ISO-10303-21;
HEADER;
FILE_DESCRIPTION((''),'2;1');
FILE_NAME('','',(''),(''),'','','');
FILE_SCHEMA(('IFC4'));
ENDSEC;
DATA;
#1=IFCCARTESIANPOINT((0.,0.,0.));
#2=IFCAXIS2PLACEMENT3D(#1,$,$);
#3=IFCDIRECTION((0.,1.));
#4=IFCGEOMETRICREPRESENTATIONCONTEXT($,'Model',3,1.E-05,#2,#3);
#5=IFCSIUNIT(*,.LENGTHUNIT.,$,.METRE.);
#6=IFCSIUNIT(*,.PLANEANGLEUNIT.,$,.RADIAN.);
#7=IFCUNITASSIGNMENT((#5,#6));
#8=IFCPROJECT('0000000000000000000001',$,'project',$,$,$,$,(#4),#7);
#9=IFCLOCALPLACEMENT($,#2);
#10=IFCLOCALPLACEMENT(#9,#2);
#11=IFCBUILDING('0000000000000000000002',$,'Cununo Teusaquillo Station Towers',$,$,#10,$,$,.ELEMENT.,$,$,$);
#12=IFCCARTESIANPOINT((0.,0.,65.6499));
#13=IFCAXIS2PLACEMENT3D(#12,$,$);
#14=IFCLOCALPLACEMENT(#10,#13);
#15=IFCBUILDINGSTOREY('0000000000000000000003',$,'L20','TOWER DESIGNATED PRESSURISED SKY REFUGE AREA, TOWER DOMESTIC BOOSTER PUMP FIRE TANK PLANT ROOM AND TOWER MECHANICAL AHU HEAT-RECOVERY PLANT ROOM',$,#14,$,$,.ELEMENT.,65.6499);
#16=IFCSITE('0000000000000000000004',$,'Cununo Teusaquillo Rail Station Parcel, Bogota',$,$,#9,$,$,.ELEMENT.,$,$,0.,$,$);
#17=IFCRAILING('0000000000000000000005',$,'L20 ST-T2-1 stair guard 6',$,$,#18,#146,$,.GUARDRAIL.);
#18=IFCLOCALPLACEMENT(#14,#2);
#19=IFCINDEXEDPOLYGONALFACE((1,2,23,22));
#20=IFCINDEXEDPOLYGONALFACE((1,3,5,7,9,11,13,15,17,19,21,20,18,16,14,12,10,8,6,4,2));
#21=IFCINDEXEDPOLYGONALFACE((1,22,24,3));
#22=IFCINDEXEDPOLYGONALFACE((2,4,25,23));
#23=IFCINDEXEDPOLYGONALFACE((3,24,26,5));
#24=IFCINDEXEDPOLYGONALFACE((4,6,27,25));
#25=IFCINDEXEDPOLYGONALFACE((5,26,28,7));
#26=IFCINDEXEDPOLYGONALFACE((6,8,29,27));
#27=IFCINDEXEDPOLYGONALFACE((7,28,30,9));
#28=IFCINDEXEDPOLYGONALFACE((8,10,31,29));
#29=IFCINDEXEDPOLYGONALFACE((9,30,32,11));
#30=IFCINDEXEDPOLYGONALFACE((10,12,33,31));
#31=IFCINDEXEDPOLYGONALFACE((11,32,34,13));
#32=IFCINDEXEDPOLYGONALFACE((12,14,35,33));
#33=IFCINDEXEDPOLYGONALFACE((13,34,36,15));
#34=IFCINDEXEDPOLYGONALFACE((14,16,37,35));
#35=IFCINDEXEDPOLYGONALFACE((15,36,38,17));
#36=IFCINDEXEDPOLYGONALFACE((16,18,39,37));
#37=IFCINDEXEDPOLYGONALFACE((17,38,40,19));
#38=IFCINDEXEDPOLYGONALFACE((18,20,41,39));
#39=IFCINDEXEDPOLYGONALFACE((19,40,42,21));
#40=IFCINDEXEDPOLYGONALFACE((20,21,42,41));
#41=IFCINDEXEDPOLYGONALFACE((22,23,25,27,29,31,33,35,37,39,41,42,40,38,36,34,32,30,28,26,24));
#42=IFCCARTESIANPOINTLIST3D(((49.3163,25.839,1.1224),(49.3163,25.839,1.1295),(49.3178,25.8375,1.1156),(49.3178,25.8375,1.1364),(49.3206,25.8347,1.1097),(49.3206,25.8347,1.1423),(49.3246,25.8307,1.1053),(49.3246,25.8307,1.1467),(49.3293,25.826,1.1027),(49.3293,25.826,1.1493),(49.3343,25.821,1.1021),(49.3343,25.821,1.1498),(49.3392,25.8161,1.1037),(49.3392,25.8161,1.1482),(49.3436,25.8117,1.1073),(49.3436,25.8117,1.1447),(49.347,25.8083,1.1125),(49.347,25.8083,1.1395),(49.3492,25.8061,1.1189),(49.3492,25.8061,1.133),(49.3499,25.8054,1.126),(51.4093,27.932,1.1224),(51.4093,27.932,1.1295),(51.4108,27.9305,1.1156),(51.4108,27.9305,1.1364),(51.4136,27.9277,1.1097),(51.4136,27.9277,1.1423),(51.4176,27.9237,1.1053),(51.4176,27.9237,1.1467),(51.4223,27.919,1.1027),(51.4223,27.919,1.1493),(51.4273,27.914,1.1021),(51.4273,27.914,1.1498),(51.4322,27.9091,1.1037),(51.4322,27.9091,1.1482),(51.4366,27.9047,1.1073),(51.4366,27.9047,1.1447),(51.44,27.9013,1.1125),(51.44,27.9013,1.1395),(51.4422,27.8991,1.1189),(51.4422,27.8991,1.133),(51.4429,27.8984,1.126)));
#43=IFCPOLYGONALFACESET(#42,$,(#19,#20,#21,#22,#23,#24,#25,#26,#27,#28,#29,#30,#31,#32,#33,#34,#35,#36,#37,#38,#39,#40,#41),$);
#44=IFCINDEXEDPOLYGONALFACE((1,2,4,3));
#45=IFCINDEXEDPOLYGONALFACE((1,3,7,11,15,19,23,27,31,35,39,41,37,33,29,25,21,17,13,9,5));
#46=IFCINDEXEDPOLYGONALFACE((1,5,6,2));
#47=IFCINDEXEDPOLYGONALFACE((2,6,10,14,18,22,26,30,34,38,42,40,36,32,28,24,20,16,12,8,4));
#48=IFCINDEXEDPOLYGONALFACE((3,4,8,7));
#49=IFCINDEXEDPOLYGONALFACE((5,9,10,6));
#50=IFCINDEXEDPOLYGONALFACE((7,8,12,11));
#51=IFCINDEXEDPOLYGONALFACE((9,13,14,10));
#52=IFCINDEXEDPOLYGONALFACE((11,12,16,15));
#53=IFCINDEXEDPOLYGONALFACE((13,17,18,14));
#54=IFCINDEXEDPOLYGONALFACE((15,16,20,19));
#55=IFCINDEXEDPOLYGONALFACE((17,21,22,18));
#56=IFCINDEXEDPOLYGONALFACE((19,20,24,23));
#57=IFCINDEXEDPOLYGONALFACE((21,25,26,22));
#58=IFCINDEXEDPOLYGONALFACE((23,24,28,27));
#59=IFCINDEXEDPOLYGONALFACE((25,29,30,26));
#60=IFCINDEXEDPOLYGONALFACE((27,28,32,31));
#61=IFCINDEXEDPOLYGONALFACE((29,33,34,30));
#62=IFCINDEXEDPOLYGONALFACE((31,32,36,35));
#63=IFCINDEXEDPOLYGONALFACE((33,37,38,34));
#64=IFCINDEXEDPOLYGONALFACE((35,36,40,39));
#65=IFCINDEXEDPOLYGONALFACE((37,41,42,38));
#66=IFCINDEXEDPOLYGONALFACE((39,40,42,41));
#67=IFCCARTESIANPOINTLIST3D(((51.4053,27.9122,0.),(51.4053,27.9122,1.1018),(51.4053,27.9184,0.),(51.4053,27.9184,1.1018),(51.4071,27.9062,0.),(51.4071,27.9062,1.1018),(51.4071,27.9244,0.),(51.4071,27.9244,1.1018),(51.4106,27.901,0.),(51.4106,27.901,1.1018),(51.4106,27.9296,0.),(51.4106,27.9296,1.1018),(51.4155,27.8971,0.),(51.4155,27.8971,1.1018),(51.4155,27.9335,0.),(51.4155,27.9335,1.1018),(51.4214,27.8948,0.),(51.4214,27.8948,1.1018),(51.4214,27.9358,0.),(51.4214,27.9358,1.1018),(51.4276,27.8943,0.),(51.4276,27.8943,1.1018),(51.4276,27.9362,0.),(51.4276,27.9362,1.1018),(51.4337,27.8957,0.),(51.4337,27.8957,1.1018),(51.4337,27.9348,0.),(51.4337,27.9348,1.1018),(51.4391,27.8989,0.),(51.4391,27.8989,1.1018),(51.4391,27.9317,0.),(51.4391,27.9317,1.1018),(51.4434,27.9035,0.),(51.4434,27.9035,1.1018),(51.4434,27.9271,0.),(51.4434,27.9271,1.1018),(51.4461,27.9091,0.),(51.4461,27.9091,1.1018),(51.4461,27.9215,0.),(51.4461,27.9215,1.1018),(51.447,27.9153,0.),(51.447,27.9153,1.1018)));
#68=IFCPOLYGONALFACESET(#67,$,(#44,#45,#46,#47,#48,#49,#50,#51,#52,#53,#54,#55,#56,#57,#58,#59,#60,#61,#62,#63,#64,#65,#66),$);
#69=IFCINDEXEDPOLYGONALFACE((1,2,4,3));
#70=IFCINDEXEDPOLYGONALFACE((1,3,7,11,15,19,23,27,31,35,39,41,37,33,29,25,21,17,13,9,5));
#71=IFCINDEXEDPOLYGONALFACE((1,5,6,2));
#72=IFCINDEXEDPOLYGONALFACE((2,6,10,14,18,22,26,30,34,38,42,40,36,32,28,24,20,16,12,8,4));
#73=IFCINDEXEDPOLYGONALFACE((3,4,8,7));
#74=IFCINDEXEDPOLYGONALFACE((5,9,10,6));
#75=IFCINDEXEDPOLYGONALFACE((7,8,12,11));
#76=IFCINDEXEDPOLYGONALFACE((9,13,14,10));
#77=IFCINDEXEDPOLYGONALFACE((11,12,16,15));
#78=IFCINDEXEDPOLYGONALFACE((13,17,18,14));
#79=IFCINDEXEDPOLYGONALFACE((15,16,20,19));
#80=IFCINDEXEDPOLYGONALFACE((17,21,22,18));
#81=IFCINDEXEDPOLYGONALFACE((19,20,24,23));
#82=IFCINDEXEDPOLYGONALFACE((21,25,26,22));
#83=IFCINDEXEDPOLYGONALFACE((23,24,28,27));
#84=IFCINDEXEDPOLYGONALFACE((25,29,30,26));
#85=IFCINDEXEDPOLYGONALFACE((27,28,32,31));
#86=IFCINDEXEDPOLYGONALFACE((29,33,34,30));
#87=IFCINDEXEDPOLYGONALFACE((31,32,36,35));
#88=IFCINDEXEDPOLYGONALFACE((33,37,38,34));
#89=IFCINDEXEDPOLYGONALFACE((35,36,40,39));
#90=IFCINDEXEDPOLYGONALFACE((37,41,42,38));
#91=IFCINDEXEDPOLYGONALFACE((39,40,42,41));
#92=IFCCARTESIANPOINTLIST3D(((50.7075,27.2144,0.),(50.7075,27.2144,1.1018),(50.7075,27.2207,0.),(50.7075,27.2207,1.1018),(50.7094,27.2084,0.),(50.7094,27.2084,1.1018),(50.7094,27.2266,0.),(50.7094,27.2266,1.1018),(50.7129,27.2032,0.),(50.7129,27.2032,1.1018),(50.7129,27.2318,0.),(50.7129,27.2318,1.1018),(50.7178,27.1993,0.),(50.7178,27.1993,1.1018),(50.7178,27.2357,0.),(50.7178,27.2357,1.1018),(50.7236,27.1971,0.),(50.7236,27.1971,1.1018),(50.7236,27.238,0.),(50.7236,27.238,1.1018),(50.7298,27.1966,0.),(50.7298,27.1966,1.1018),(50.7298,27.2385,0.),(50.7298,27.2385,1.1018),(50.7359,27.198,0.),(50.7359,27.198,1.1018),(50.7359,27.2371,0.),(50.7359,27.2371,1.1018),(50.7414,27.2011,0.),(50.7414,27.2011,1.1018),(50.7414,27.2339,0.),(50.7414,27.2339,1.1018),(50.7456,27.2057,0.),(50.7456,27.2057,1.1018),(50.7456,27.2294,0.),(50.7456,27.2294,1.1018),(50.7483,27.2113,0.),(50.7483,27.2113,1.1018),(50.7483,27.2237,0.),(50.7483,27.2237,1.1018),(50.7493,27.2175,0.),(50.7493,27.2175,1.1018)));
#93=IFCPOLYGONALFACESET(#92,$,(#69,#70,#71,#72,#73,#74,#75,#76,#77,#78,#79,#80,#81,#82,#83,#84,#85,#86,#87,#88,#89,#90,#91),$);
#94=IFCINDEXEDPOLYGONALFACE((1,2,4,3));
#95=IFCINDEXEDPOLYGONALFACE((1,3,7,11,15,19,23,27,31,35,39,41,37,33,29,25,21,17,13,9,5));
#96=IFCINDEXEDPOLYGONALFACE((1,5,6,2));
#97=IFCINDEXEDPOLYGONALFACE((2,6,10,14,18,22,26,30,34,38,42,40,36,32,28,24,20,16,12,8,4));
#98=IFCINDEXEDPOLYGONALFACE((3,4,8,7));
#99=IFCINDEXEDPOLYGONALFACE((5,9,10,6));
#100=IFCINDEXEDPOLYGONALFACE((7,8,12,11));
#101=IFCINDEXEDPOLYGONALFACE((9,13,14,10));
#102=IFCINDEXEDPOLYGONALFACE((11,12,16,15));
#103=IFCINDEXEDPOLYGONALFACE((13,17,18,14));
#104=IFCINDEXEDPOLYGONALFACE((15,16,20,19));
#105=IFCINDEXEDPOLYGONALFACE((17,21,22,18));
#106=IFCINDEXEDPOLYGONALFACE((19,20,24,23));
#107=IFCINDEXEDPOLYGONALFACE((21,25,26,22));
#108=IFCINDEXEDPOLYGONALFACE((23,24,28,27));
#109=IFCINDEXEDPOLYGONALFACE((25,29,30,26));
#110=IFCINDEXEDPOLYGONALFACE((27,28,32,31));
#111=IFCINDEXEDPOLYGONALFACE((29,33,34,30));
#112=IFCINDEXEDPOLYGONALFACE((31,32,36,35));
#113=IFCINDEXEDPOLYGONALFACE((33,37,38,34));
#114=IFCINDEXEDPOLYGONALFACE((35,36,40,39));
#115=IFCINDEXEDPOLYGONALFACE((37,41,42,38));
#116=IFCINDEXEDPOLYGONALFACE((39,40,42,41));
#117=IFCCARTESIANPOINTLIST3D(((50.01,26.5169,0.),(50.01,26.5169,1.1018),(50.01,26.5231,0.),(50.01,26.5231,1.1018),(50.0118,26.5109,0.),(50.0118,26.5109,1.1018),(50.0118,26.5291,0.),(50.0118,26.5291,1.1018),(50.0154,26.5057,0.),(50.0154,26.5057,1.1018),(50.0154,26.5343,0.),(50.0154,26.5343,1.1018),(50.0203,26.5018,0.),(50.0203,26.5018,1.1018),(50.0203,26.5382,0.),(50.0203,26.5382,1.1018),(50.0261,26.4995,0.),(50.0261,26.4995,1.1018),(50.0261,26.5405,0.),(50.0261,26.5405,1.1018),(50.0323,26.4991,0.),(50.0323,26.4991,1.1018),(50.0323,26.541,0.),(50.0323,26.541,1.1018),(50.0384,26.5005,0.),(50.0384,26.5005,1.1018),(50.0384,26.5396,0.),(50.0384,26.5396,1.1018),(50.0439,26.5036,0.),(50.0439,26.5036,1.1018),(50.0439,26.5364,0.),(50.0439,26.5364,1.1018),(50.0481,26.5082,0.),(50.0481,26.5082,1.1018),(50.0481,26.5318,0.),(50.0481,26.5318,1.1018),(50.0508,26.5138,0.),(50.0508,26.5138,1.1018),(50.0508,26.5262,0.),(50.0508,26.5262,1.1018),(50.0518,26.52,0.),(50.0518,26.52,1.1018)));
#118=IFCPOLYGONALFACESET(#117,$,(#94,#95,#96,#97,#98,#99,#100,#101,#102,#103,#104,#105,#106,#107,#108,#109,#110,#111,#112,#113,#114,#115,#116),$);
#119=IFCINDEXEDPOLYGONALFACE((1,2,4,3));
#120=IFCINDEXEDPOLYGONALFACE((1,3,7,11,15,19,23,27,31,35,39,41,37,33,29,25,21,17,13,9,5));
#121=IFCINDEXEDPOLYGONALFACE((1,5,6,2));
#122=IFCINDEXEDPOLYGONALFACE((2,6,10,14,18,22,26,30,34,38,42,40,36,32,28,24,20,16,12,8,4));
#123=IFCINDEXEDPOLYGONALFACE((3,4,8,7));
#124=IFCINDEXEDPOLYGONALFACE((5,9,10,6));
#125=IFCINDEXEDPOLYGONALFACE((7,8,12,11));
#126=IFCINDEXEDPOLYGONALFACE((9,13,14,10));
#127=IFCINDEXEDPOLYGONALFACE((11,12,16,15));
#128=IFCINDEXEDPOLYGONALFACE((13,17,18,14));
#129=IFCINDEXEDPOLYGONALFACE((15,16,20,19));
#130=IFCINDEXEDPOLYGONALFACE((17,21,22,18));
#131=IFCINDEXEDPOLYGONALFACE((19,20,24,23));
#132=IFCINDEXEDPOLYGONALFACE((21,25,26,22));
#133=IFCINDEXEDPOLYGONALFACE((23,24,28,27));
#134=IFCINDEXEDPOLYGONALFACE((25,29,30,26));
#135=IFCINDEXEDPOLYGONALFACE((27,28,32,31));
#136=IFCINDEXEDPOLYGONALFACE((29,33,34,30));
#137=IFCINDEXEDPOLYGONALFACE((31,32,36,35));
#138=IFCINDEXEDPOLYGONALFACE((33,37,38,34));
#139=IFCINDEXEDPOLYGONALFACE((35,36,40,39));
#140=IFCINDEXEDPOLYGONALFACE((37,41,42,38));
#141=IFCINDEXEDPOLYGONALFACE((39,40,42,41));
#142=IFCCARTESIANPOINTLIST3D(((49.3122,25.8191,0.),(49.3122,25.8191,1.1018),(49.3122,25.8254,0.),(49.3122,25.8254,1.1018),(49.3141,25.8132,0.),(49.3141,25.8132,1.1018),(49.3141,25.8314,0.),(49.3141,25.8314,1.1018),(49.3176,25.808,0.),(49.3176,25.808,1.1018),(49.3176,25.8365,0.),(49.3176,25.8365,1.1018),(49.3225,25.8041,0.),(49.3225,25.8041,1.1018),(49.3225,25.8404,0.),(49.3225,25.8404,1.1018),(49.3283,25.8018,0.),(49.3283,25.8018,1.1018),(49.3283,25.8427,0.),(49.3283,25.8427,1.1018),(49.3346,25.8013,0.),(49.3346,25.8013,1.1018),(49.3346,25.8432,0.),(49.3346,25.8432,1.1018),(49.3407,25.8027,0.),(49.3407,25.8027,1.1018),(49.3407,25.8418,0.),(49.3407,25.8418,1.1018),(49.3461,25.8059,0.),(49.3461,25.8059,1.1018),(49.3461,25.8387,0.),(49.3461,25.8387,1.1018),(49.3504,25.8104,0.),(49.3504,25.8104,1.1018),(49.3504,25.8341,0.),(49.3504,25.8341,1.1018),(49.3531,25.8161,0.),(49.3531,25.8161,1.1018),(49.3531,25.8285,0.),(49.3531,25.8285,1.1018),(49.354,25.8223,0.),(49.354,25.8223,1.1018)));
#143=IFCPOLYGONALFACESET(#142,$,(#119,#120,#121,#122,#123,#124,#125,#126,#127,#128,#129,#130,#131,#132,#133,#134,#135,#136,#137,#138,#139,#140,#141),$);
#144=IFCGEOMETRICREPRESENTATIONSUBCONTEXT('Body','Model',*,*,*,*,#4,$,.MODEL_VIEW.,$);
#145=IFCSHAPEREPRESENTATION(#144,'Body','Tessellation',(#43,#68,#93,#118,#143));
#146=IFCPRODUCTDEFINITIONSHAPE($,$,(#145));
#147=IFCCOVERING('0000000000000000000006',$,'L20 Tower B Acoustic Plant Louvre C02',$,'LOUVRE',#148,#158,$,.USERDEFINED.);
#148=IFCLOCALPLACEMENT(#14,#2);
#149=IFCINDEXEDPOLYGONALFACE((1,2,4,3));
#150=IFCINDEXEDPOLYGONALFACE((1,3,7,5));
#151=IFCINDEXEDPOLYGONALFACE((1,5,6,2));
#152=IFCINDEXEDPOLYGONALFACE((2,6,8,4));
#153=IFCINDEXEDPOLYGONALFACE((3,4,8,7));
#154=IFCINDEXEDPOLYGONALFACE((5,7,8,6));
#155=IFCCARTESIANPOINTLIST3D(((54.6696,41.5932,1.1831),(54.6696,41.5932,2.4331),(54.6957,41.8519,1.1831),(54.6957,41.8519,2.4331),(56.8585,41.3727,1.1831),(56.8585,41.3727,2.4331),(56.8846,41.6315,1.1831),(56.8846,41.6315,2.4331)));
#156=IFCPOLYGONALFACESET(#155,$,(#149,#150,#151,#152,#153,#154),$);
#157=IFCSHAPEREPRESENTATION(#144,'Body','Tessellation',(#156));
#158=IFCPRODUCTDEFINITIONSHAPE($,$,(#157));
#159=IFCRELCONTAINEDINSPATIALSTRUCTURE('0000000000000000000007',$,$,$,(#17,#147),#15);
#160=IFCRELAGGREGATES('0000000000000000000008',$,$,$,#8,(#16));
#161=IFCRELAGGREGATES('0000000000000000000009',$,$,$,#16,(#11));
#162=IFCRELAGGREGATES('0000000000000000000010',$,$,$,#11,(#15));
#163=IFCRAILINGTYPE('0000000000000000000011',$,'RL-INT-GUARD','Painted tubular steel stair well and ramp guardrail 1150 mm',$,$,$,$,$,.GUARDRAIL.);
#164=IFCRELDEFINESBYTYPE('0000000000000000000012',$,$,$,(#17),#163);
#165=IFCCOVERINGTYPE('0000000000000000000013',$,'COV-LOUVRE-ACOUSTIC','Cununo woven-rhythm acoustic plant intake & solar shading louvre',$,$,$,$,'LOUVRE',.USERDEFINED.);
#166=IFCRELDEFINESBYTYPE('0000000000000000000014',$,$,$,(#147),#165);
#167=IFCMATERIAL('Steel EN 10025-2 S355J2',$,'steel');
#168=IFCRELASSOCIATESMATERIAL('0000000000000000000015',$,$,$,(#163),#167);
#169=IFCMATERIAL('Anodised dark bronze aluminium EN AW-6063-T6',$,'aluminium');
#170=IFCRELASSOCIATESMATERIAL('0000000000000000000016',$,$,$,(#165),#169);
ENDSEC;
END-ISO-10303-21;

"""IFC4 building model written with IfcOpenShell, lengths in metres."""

from ifc_helpers import new_model, si_unit, direction, frame, origin, origin_2d, place, context, subcontext, project, spatial, rectangle, circle, extrude, source, transform, mapped, material, type_object, element, save


model = new_model("IFC4")

# Units and contexts
model_context = context("Model", 3, precision=1e-05, world=origin(), true_north=direction((0.0, 1.0)))
body_context = subcontext(model_context, "Body", "Model", "MODEL_VIEW")
ifc_project = project(units=[si_unit("LENGTHUNIT", "METRE"), si_unit("PLANEANGLEUNIT", "RADIAN")], contexts=[model_context])

# Site, building, storey
site_placement = place(None, origin())
site = spatial("IfcSite", under=ifc_project, at=site_placement, Name="Cununo Teusaquillo Rail Station Parcel, Bogota", CompositionType="ELEMENT", RefElevation=0.0)
building_placement = place(site_placement, origin())
building = spatial("IfcBuilding", under=site, at=building_placement, Name="Cununo Teusaquillo Station Towers", CompositionType="ELEMENT")
storey_placement = place(building_placement, frame((0.0, 0.0, 65.6499)))
storey = spatial("IfcBuildingStorey", under=building, at=storey_placement, Name="L20", Description="TOWER DESIGNATED PRESSURISED SKY REFUGE AREA, TOWER DOMESTIC BOOSTER PUMP FIRE TANK PLANT ROOM AND TOWER MECHANICAL AHU HEAT-RECOVERY PLANT ROOM", CompositionType="ELEMENT", Elevation=65.6499)

# Railing
ifc_material_1 = material(Name="Steel EN 10025-2 S355J2", Category="steel")
railing_type = type_object("IfcRailingType", Name="RL-INT-GUARD", Description="Painted tubular steel stair well and ramp guardrail 1150 mm", PredefinedType="GUARDRAIL", material=ifc_material_1)
railing_1_placement = place(storey_placement, frame((51.426, 27.9153, 0.0)))
element("IfcRailing", 1, at=railing_1_placement, inside=storey, type_object=railing_type, Name="L20 ST-T2-1 stair guard 6", PredefinedType="GUARDRAIL", context=body_context, shape_type="SweptSolid", body=[
    extrude(circle(Radius=0.0239, at=origin_2d()), frame((0.0, 0.0, 1.126), z_axis=(-0.707107, -0.707107, 0.0), x_axis=(0.707107, -0.707107, 0.0)), (0.0, 0.0, 1.0), 2.96),
    extrude(circle(Radius=0.021, at=origin_2d()), origin(), (0.0, 0.0, 1.0), 1.1018),
    extrude(circle(Radius=0.021, at=origin_2d()), frame((-0.6978, -0.6978, 0.0)), (0.0, 0.0, 1.0), 1.1018),
    extrude(circle(Radius=0.021, at=origin_2d()), frame((-1.3953, -1.3953, 0.0)), (0.0, 0.0, 1.0), 1.1018),
    extrude(circle(Radius=0.021, at=origin_2d()), frame((-2.093, -2.093, 0.0)), (0.0, 0.0, 1.0), 1.1018),
])

# Covering
ifc_material_2 = material(Name="Anodised dark bronze aluminium EN AW-6063-T6", Category="aluminium")
covering_type = type_object("IfcCoveringType", Name="COV-LOUVRE-ACOUSTIC", Description="Cununo woven-rhythm acoustic plant intake & solar shading louvre", ElementType="LOUVRE", PredefinedType="USERDEFINED", material=ifc_material_2)
shared_shape_1 = source(origin(), body_context, "Body", "SweptSolid", [
    extrude(rectangle(XDim=2.2, YDim=0.26, at=origin_2d()), origin(), (0.0, 0.0, 1.0), 1.25),
])
covering_placement = place(storey_placement, frame((55.7771, 41.6123, 1.1831), z_axis=(0.0, 0.0, 1.0), x_axis=(0.994969, -0.100188, 0.0)))
element("IfcCovering", 2, at=covering_placement, inside=storey, type_object=covering_type, Name="L20 Tower B Acoustic Plant Louvre C02", ObjectType="LOUVRE", PredefinedType="USERDEFINED", context=body_context, shape_type="MappedRepresentation", body=[
    mapped(shared_shape_1, transform((0.0, 0.0, 0.0), x_axis=(1.0, 0.0, 0.0), y_axis=(0.0, 1.0, 0.0), z_axis=(0.0, 0.0, 1.0), scale=1.0)),
])

save(model, "model.ifc")
